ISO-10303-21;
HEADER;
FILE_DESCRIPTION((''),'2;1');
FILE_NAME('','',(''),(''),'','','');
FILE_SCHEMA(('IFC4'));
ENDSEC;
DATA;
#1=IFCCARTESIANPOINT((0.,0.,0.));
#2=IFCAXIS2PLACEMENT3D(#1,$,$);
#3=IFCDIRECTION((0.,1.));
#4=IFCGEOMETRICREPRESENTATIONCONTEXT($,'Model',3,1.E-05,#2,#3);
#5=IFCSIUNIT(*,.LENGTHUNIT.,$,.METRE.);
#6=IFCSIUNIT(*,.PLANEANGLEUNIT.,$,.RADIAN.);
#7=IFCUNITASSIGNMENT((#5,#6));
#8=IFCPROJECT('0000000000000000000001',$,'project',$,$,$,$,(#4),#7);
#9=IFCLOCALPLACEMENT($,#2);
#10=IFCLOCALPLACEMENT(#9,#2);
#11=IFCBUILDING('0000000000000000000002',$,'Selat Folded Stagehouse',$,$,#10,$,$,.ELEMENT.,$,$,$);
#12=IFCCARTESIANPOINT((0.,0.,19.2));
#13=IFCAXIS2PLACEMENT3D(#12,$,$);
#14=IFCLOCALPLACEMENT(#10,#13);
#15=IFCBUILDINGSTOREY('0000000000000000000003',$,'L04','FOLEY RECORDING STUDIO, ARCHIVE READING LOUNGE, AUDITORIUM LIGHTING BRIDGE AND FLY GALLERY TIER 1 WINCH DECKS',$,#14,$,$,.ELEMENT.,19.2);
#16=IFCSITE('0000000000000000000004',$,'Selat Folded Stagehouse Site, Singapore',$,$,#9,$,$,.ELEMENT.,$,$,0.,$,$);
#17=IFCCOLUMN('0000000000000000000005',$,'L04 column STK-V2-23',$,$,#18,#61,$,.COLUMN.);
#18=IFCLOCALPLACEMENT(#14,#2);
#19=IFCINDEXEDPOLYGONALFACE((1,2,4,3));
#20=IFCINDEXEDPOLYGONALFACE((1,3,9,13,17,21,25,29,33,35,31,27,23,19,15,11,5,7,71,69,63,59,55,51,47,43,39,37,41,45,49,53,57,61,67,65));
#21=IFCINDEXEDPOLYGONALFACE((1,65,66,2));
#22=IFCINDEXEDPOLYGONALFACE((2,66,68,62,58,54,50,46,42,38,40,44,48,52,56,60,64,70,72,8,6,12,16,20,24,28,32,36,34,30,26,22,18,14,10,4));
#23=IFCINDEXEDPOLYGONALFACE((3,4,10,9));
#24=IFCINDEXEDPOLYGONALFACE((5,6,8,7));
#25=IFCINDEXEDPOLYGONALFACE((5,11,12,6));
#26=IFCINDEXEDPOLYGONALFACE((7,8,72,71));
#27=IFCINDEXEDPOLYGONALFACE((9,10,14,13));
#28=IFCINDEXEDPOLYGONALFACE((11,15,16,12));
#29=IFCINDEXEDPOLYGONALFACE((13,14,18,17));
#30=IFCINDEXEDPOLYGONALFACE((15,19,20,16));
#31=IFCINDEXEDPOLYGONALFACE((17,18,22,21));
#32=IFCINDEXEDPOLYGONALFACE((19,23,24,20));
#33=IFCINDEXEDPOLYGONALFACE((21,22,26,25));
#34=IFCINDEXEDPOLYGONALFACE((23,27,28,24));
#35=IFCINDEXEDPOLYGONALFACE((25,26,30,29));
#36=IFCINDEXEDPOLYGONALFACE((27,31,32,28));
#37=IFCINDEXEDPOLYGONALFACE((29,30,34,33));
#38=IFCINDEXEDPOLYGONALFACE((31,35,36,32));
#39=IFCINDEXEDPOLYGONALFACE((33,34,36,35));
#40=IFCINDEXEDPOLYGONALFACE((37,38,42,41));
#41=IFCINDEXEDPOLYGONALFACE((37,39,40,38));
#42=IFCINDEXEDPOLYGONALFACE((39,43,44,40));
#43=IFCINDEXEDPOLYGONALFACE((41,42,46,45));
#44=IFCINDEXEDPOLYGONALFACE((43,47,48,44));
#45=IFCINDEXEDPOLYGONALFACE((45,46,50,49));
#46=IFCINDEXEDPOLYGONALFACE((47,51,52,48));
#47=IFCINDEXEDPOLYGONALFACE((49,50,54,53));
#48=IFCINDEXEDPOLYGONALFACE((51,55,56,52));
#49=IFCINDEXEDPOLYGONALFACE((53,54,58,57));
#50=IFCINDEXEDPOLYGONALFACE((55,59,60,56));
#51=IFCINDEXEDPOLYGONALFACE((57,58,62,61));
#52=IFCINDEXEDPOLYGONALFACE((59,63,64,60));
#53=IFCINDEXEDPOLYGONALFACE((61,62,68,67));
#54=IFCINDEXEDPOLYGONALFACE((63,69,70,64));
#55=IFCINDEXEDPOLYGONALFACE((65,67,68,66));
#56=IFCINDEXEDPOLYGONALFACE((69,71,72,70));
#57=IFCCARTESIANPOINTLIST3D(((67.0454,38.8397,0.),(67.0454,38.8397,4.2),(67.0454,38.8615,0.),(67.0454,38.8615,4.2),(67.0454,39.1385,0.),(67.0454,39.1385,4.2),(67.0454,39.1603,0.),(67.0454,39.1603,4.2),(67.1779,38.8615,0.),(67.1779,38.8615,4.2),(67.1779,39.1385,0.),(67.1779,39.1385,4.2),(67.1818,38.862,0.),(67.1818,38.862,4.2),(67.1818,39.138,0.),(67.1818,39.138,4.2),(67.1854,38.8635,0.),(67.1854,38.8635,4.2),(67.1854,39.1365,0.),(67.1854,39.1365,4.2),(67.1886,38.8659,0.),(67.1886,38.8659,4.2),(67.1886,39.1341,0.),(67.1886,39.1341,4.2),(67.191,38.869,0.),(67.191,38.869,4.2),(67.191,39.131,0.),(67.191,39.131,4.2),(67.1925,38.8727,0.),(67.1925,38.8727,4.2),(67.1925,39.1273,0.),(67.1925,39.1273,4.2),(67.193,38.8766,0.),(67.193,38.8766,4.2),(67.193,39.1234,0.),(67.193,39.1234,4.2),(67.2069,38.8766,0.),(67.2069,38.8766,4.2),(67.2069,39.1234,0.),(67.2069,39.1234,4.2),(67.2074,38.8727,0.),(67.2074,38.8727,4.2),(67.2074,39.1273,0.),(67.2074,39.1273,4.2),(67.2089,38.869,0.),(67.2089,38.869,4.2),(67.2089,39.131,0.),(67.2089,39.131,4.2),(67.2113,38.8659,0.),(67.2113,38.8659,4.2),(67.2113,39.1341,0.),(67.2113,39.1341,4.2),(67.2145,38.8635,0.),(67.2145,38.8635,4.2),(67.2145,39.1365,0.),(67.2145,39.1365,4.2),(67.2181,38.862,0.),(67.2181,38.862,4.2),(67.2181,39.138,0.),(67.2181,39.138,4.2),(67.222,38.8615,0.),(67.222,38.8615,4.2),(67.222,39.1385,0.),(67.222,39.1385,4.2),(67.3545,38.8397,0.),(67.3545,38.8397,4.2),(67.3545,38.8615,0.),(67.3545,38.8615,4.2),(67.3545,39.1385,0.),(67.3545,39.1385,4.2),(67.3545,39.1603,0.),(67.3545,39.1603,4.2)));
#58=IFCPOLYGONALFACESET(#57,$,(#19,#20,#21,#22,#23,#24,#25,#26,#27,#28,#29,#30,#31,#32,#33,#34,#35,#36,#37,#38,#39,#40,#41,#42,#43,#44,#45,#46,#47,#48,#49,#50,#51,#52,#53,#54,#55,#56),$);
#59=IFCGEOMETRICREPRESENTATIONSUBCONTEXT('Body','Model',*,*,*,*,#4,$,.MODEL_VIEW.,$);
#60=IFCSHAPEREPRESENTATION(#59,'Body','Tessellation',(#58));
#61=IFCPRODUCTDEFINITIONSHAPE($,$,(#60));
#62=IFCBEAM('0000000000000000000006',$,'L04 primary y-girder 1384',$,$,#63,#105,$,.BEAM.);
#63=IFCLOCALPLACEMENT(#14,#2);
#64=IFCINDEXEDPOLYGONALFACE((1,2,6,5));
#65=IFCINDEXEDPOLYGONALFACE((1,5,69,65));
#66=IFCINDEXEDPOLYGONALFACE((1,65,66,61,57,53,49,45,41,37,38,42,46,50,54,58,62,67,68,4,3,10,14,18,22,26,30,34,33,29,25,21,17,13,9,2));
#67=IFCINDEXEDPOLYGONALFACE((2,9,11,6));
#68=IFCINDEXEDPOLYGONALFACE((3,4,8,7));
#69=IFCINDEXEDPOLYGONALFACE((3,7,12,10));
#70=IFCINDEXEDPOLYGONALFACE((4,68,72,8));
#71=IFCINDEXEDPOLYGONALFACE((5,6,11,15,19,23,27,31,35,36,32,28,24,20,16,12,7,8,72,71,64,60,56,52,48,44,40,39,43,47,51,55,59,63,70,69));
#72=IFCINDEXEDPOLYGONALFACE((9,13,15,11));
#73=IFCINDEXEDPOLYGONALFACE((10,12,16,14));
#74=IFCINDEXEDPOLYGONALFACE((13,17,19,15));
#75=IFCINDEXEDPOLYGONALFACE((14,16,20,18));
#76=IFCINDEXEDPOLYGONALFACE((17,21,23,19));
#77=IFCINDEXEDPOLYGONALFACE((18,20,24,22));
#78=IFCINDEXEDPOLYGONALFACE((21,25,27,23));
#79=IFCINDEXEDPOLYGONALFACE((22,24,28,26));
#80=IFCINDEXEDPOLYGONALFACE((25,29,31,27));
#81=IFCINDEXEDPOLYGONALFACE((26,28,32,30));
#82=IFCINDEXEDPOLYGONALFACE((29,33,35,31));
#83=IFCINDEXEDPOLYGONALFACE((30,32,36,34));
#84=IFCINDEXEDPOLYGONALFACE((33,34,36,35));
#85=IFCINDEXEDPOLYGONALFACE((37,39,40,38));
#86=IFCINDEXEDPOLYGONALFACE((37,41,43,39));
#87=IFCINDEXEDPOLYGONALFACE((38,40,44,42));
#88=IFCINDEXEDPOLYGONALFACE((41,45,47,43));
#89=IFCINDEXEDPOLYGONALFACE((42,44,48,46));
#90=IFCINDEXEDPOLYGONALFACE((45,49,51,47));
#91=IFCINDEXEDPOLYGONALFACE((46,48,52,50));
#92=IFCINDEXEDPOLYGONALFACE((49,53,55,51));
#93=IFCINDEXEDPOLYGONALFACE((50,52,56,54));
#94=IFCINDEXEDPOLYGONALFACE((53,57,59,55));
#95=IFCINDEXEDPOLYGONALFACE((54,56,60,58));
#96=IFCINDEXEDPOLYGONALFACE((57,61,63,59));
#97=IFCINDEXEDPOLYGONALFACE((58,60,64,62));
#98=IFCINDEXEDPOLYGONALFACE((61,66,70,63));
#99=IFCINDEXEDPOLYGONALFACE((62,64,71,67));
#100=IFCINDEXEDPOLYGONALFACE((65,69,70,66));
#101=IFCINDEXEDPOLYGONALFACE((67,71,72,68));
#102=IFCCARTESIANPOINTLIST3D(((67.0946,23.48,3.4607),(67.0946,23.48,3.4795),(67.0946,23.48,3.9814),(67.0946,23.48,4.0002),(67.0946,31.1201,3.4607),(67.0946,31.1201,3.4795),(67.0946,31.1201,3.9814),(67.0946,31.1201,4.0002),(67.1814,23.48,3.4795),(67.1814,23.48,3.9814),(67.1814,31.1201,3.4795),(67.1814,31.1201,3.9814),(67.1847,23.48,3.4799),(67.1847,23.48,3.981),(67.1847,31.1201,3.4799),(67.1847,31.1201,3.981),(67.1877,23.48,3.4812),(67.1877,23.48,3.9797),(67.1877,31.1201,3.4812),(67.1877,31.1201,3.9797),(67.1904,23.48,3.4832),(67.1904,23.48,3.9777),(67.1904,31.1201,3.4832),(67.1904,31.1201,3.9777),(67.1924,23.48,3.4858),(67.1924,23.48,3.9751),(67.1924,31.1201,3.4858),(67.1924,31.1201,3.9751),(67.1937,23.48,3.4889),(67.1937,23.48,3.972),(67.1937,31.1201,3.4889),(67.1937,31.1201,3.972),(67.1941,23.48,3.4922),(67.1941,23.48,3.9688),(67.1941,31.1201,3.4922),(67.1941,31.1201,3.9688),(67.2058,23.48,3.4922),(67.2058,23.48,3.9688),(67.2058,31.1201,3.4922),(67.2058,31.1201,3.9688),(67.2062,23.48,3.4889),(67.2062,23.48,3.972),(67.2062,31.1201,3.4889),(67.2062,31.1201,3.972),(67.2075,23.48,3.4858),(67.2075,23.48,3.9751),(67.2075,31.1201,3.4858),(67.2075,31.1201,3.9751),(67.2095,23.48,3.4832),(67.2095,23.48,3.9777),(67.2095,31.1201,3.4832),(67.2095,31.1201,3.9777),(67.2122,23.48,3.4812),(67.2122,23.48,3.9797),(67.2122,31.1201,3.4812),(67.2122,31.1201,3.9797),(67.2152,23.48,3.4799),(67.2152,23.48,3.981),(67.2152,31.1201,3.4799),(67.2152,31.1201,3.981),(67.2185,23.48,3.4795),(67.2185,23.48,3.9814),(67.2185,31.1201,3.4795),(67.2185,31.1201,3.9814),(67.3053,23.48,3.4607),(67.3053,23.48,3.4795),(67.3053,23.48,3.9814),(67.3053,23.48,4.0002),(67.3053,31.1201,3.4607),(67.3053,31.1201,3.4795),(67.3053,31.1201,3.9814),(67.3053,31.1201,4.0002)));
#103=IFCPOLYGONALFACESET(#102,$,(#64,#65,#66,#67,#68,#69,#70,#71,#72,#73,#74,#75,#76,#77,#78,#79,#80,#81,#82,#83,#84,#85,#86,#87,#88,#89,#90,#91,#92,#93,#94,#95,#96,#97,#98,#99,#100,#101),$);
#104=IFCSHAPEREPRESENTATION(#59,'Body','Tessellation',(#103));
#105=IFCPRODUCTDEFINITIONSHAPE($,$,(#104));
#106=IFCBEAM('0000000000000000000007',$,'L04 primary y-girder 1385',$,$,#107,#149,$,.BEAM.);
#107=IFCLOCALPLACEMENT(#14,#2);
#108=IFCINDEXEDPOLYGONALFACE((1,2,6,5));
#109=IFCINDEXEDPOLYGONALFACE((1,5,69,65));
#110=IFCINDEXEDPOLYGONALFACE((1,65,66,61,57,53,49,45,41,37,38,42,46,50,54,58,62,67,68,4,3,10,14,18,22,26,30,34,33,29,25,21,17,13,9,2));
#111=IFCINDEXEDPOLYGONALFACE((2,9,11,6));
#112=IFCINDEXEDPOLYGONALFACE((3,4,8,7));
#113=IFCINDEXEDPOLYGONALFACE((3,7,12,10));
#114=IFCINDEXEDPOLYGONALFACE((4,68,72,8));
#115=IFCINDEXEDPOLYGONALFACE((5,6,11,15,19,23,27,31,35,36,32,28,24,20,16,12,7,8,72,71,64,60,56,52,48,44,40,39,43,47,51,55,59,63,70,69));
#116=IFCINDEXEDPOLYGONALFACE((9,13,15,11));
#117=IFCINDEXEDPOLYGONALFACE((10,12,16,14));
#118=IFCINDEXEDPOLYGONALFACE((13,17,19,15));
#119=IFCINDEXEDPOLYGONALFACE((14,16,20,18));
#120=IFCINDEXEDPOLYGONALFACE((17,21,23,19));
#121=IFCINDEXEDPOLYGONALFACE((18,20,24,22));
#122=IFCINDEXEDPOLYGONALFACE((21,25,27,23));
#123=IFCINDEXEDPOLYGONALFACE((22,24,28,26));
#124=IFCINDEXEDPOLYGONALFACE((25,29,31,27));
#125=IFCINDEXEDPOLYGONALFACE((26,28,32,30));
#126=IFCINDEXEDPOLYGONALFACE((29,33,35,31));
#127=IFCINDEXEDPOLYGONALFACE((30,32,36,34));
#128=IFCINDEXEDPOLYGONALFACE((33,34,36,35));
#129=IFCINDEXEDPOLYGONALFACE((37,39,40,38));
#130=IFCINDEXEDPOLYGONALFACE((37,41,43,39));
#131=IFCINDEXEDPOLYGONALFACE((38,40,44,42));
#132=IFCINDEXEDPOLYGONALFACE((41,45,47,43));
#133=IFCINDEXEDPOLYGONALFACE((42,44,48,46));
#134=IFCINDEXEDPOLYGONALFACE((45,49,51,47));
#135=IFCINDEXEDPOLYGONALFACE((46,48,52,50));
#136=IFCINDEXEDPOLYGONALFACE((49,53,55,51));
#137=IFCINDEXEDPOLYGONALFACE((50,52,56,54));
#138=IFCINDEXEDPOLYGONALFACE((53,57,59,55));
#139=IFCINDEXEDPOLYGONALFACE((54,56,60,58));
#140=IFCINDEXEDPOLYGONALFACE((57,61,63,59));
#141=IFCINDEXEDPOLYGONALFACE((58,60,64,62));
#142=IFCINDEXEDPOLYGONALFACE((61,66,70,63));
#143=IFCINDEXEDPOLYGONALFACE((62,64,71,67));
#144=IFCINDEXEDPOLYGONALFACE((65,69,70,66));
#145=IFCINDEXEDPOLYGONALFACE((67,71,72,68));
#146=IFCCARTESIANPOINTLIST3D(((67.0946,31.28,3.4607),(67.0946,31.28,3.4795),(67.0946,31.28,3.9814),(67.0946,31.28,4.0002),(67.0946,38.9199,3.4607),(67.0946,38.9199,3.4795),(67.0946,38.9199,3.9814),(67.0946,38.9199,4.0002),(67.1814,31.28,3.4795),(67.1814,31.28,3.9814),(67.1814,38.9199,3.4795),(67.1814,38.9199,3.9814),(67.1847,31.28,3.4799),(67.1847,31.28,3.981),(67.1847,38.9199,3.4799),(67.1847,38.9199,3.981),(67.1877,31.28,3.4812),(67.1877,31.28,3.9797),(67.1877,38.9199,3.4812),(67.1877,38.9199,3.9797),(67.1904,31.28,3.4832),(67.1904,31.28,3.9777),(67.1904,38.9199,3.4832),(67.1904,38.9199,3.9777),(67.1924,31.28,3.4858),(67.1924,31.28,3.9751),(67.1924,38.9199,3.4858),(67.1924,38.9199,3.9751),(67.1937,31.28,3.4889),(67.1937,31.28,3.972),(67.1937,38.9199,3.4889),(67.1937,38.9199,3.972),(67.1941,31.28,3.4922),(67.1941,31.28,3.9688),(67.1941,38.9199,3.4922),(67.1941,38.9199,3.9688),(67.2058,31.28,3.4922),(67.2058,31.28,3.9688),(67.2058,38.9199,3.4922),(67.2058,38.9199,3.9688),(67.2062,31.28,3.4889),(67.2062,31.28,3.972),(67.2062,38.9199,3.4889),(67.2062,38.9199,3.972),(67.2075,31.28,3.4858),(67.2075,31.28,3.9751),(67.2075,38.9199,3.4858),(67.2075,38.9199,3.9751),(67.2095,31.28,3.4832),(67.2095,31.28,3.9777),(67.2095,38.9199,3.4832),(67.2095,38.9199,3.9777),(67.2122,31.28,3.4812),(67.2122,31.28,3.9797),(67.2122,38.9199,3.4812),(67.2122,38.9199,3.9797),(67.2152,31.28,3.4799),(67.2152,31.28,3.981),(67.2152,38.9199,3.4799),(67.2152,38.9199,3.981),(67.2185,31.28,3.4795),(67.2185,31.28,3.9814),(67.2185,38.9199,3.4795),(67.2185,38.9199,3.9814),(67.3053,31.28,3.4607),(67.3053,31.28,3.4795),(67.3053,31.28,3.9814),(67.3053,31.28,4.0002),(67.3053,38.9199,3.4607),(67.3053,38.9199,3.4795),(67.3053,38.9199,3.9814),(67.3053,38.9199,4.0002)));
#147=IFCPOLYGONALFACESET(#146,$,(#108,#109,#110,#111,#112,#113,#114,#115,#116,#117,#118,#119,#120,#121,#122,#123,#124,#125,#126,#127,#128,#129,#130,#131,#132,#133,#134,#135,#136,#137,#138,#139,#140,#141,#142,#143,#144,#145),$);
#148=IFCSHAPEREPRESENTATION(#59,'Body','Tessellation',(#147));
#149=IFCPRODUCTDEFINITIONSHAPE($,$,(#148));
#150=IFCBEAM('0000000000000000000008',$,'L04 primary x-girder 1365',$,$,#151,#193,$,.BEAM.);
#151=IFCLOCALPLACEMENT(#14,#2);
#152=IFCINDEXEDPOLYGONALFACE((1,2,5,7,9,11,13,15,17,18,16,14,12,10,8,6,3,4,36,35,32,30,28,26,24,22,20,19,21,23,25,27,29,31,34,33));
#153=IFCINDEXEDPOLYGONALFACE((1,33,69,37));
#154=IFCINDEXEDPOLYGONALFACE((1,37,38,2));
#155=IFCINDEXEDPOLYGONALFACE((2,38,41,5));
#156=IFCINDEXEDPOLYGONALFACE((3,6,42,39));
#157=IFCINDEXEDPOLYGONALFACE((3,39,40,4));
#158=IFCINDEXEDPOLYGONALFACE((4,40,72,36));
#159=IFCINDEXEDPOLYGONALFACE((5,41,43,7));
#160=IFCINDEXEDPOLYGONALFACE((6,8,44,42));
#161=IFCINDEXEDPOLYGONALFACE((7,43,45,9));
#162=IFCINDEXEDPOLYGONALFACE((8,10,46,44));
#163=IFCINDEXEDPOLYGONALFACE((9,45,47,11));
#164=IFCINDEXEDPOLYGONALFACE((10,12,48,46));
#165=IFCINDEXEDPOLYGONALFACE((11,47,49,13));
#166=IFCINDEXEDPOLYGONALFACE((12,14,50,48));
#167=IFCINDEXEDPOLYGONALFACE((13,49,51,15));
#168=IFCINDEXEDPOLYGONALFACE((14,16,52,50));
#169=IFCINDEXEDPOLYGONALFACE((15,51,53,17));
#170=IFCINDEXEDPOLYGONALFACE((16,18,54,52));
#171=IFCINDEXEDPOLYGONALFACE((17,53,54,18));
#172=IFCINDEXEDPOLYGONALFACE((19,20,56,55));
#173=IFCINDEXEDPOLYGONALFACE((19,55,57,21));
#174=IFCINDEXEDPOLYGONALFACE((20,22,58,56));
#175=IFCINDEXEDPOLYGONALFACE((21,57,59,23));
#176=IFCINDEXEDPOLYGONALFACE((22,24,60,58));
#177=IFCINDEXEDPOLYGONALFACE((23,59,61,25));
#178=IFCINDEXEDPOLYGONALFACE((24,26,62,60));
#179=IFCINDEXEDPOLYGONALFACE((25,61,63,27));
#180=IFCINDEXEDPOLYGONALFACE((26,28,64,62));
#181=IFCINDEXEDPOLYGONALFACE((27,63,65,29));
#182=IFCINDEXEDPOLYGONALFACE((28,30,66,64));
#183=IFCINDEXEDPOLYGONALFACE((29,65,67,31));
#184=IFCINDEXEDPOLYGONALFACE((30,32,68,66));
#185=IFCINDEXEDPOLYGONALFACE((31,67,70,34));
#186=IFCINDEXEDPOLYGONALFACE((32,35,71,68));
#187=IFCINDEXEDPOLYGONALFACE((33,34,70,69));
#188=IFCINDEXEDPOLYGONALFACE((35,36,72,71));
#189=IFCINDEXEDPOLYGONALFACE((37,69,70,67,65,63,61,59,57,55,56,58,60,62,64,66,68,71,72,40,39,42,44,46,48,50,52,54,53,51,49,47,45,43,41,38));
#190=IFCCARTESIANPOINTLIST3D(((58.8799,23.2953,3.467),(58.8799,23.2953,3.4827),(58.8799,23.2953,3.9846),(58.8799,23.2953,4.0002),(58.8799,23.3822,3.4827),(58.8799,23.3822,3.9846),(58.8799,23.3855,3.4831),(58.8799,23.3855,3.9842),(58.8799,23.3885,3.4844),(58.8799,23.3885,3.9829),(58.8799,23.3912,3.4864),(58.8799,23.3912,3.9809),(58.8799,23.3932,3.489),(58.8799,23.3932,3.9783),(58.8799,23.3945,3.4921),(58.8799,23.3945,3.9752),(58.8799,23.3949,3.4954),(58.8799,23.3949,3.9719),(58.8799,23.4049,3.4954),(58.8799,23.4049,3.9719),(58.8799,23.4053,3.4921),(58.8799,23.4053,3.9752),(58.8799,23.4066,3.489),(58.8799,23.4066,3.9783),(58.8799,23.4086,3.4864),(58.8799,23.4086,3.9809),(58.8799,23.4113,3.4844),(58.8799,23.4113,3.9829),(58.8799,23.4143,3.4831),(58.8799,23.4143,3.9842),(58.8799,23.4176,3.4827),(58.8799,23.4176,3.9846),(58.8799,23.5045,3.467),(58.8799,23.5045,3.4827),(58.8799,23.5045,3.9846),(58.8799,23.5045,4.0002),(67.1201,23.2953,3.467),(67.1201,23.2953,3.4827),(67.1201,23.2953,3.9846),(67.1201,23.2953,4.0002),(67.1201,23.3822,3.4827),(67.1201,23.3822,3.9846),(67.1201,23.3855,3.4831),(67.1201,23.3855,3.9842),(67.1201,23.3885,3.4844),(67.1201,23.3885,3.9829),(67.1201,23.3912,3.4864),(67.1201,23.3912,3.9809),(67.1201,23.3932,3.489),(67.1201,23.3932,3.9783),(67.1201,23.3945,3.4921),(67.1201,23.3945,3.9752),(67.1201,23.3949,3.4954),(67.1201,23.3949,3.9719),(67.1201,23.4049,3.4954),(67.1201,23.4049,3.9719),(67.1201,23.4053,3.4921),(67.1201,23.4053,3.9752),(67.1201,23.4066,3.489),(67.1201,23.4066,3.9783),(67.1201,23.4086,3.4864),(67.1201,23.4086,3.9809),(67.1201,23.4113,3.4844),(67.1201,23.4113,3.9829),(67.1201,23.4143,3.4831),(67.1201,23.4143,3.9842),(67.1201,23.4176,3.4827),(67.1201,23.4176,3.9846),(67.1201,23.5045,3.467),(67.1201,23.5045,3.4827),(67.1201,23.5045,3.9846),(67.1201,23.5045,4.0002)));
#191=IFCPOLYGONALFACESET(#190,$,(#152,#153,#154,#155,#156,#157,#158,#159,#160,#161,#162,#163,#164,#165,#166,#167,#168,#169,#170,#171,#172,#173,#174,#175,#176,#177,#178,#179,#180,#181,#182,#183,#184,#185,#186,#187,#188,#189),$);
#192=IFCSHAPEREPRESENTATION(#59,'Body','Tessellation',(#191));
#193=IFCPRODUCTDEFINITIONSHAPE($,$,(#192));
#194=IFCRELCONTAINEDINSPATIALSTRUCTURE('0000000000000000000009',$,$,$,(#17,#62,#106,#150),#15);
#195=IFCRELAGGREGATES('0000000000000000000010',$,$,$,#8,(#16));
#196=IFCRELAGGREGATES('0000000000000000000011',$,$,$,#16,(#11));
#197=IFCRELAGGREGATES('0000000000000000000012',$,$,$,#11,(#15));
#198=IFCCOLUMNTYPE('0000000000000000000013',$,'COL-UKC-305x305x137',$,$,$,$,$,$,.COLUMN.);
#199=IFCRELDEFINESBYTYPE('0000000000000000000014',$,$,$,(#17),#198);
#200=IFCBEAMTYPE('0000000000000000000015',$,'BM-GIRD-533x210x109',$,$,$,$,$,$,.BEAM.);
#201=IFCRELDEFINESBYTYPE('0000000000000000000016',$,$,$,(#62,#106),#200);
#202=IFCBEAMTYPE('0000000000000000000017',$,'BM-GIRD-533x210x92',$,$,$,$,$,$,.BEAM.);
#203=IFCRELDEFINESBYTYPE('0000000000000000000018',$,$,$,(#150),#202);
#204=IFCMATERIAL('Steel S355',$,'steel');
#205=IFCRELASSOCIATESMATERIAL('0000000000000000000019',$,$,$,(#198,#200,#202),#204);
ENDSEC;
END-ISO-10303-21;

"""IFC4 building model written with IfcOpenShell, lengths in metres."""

from ifc_helpers import new_model, si_unit, direction, frame, origin, origin_2d, place, context, subcontext, project, spatial, i_section, extrude, material, material_profile, profile_set, type_object, element, save


model = new_model("IFC4")

# Units and contexts
model_context = context("Model", 3, precision=1e-05, world=origin(), true_north=direction((0.0, 1.0)))
body_context = subcontext(model_context, "Body", "Model", "MODEL_VIEW")
ifc_project = project(units=[si_unit("LENGTHUNIT", "METRE"), si_unit("PLANEANGLEUNIT", "RADIAN")], contexts=[model_context])

# Site, building, storey
site_placement = place(None, origin())
site = spatial("IfcSite", under=ifc_project, at=site_placement, Name="Selat Folded Stagehouse Site, Singapore", CompositionType="ELEMENT", RefElevation=0.0)
building_placement = place(site_placement, origin())
building = spatial("IfcBuilding", under=site, at=building_placement, Name="Selat Folded Stagehouse", CompositionType="ELEMENT")
storey_placement = place(building_placement, frame((0.0, 0.0, 19.2)))
storey = spatial("IfcBuildingStorey", under=building, at=storey_placement, Name="L04", Description="FOLEY RECORDING STUDIO, ARCHIVE READING LOUNGE, AUDITORIUM LIGHTING BRIDGE AND FLY GALLERY TIER 1 WINCH DECKS", CompositionType="ELEMENT", Elevation=19.2)

# Column
ifc_material_1 = material(Name="Steel S355", Category="steel")
ifc_material_profile_1 = material_profile(ifc_material_1, i_section(OverallWidth=0.3091, OverallDepth=0.3206, WebThickness=0.0139, FlangeThickness=0.0217, FilletRadius=0.0151, at=origin_2d()), Name="UKC 305x305x137")
ifc_profile_set_1 = profile_set([ifc_material_profile_1], Name="Steel S355")
column_type = type_object("IfcColumnType", Name="COL-UKC-305x305x137", PredefinedType="COLUMN", material=ifc_profile_set_1)
for number, where, z_axis, x_axis, name in (
    (1, (67.2, 39.0, 0.0), (0.0, 0.0, 1.0), (1.0, 0.0, 0.0), "L04 column STK-V2-23"),
):
    element("IfcColumn", number, at=place(storey_placement, frame(where, z_axis=z_axis, x_axis=x_axis)), inside=storey, type_object=column_type, Name=name, PredefinedType="COLUMN", context=body_context, shape_type="SweptSolid", body=[
        extrude(i_section(OverallWidth=0.3091, OverallDepth=0.3206, WebThickness=0.0139, FlangeThickness=0.0217, FilletRadius=0.0151, at=origin_2d()), origin(), (0.0, 0.0, 1.0), 4.2),
    ])

# Beams
ifc_material_profile_2 = material_profile(ifc_material_1, i_section(OverallWidth=0.2107, OverallDepth=0.5396, WebThickness=0.0117, FlangeThickness=0.0188, FilletRadius=0.0127, at=origin_2d()), Name="UKB 533x210x109")
ifc_profile_set_2 = profile_set([ifc_material_profile_2], Name="Steel S355")
beam_type_1 = type_object("IfcBeamType", Name="BM-GIRD-533x210x109", PredefinedType="BEAM", material=ifc_profile_set_2)
beam_1_placement = place(storey_placement, frame((67.2, 23.48, 3.7305), z_axis=(0.0, 1.0, 0.0), x_axis=(-1.0, 0.0, 0.0)))
element("IfcBeam", 2, at=beam_1_placement, inside=storey, type_object=beam_type_1, Name="L04 primary y-girder 1384", PredefinedType="BEAM", context=body_context, shape_type="SweptSolid", body=[
    extrude(i_section(OverallWidth=0.2107, OverallDepth=0.5396, WebThickness=0.0117, FlangeThickness=0.0188, FilletRadius=0.0127, at=origin_2d()), origin(), (0.0, 0.0, 1.0), 7.6401),
])
beam_2_placement = place(storey_placement, frame((67.2, 31.28, 3.7305), z_axis=(0.0, 1.0, 0.0), x_axis=(-1.0, 0.0, 0.0)))
element("IfcBeam", 3, at=beam_2_placement, inside=storey, type_object=beam_type_1, Name="L04 primary y-girder 1385", PredefinedType="BEAM", context=body_context, shape_type="SweptSolid", body=[
    extrude(i_section(OverallWidth=0.2107, OverallDepth=0.5396, WebThickness=0.0117, FlangeThickness=0.0188, FilletRadius=0.0127, at=origin_2d()), origin(), (0.0, 0.0, 1.0), 7.6399),
])
ifc_material_profile_3 = material_profile(ifc_material_1, i_section(OverallWidth=0.2092, OverallDepth=0.5332, WebThickness=0.01, FlangeThickness=0.0156, FilletRadius=0.0127, at=origin_2d()), Name="UKB 533x210x92")
ifc_profile_set_3 = profile_set([ifc_material_profile_3], Name="Steel S355")
beam_type_2 = type_object("IfcBeamType", Name="BM-GIRD-533x210x92", PredefinedType="BEAM", material=ifc_profile_set_3)
for number, where, z_axis, x_axis, name in (
    (4, (58.8799, 23.3999, 3.7336), (1.0, 0.0, 0.0), (0.0, 1.0, 0.0), "L04 primary x-girder 1365"),
):
    element("IfcBeam", number, at=place(storey_placement, frame(where, z_axis=z_axis, x_axis=x_axis)), inside=storey, type_object=beam_type_2, Name=name, PredefinedType="BEAM", context=body_context, shape_type="SweptSolid", body=[
        extrude(i_section(OverallWidth=0.2092, OverallDepth=0.5332, WebThickness=0.01, FlangeThickness=0.0156, FilletRadius=0.0127, at=origin_2d()), origin(), (0.0, 0.0, 1.0), 8.2402),
    ])

save(model, "model.ifc")
